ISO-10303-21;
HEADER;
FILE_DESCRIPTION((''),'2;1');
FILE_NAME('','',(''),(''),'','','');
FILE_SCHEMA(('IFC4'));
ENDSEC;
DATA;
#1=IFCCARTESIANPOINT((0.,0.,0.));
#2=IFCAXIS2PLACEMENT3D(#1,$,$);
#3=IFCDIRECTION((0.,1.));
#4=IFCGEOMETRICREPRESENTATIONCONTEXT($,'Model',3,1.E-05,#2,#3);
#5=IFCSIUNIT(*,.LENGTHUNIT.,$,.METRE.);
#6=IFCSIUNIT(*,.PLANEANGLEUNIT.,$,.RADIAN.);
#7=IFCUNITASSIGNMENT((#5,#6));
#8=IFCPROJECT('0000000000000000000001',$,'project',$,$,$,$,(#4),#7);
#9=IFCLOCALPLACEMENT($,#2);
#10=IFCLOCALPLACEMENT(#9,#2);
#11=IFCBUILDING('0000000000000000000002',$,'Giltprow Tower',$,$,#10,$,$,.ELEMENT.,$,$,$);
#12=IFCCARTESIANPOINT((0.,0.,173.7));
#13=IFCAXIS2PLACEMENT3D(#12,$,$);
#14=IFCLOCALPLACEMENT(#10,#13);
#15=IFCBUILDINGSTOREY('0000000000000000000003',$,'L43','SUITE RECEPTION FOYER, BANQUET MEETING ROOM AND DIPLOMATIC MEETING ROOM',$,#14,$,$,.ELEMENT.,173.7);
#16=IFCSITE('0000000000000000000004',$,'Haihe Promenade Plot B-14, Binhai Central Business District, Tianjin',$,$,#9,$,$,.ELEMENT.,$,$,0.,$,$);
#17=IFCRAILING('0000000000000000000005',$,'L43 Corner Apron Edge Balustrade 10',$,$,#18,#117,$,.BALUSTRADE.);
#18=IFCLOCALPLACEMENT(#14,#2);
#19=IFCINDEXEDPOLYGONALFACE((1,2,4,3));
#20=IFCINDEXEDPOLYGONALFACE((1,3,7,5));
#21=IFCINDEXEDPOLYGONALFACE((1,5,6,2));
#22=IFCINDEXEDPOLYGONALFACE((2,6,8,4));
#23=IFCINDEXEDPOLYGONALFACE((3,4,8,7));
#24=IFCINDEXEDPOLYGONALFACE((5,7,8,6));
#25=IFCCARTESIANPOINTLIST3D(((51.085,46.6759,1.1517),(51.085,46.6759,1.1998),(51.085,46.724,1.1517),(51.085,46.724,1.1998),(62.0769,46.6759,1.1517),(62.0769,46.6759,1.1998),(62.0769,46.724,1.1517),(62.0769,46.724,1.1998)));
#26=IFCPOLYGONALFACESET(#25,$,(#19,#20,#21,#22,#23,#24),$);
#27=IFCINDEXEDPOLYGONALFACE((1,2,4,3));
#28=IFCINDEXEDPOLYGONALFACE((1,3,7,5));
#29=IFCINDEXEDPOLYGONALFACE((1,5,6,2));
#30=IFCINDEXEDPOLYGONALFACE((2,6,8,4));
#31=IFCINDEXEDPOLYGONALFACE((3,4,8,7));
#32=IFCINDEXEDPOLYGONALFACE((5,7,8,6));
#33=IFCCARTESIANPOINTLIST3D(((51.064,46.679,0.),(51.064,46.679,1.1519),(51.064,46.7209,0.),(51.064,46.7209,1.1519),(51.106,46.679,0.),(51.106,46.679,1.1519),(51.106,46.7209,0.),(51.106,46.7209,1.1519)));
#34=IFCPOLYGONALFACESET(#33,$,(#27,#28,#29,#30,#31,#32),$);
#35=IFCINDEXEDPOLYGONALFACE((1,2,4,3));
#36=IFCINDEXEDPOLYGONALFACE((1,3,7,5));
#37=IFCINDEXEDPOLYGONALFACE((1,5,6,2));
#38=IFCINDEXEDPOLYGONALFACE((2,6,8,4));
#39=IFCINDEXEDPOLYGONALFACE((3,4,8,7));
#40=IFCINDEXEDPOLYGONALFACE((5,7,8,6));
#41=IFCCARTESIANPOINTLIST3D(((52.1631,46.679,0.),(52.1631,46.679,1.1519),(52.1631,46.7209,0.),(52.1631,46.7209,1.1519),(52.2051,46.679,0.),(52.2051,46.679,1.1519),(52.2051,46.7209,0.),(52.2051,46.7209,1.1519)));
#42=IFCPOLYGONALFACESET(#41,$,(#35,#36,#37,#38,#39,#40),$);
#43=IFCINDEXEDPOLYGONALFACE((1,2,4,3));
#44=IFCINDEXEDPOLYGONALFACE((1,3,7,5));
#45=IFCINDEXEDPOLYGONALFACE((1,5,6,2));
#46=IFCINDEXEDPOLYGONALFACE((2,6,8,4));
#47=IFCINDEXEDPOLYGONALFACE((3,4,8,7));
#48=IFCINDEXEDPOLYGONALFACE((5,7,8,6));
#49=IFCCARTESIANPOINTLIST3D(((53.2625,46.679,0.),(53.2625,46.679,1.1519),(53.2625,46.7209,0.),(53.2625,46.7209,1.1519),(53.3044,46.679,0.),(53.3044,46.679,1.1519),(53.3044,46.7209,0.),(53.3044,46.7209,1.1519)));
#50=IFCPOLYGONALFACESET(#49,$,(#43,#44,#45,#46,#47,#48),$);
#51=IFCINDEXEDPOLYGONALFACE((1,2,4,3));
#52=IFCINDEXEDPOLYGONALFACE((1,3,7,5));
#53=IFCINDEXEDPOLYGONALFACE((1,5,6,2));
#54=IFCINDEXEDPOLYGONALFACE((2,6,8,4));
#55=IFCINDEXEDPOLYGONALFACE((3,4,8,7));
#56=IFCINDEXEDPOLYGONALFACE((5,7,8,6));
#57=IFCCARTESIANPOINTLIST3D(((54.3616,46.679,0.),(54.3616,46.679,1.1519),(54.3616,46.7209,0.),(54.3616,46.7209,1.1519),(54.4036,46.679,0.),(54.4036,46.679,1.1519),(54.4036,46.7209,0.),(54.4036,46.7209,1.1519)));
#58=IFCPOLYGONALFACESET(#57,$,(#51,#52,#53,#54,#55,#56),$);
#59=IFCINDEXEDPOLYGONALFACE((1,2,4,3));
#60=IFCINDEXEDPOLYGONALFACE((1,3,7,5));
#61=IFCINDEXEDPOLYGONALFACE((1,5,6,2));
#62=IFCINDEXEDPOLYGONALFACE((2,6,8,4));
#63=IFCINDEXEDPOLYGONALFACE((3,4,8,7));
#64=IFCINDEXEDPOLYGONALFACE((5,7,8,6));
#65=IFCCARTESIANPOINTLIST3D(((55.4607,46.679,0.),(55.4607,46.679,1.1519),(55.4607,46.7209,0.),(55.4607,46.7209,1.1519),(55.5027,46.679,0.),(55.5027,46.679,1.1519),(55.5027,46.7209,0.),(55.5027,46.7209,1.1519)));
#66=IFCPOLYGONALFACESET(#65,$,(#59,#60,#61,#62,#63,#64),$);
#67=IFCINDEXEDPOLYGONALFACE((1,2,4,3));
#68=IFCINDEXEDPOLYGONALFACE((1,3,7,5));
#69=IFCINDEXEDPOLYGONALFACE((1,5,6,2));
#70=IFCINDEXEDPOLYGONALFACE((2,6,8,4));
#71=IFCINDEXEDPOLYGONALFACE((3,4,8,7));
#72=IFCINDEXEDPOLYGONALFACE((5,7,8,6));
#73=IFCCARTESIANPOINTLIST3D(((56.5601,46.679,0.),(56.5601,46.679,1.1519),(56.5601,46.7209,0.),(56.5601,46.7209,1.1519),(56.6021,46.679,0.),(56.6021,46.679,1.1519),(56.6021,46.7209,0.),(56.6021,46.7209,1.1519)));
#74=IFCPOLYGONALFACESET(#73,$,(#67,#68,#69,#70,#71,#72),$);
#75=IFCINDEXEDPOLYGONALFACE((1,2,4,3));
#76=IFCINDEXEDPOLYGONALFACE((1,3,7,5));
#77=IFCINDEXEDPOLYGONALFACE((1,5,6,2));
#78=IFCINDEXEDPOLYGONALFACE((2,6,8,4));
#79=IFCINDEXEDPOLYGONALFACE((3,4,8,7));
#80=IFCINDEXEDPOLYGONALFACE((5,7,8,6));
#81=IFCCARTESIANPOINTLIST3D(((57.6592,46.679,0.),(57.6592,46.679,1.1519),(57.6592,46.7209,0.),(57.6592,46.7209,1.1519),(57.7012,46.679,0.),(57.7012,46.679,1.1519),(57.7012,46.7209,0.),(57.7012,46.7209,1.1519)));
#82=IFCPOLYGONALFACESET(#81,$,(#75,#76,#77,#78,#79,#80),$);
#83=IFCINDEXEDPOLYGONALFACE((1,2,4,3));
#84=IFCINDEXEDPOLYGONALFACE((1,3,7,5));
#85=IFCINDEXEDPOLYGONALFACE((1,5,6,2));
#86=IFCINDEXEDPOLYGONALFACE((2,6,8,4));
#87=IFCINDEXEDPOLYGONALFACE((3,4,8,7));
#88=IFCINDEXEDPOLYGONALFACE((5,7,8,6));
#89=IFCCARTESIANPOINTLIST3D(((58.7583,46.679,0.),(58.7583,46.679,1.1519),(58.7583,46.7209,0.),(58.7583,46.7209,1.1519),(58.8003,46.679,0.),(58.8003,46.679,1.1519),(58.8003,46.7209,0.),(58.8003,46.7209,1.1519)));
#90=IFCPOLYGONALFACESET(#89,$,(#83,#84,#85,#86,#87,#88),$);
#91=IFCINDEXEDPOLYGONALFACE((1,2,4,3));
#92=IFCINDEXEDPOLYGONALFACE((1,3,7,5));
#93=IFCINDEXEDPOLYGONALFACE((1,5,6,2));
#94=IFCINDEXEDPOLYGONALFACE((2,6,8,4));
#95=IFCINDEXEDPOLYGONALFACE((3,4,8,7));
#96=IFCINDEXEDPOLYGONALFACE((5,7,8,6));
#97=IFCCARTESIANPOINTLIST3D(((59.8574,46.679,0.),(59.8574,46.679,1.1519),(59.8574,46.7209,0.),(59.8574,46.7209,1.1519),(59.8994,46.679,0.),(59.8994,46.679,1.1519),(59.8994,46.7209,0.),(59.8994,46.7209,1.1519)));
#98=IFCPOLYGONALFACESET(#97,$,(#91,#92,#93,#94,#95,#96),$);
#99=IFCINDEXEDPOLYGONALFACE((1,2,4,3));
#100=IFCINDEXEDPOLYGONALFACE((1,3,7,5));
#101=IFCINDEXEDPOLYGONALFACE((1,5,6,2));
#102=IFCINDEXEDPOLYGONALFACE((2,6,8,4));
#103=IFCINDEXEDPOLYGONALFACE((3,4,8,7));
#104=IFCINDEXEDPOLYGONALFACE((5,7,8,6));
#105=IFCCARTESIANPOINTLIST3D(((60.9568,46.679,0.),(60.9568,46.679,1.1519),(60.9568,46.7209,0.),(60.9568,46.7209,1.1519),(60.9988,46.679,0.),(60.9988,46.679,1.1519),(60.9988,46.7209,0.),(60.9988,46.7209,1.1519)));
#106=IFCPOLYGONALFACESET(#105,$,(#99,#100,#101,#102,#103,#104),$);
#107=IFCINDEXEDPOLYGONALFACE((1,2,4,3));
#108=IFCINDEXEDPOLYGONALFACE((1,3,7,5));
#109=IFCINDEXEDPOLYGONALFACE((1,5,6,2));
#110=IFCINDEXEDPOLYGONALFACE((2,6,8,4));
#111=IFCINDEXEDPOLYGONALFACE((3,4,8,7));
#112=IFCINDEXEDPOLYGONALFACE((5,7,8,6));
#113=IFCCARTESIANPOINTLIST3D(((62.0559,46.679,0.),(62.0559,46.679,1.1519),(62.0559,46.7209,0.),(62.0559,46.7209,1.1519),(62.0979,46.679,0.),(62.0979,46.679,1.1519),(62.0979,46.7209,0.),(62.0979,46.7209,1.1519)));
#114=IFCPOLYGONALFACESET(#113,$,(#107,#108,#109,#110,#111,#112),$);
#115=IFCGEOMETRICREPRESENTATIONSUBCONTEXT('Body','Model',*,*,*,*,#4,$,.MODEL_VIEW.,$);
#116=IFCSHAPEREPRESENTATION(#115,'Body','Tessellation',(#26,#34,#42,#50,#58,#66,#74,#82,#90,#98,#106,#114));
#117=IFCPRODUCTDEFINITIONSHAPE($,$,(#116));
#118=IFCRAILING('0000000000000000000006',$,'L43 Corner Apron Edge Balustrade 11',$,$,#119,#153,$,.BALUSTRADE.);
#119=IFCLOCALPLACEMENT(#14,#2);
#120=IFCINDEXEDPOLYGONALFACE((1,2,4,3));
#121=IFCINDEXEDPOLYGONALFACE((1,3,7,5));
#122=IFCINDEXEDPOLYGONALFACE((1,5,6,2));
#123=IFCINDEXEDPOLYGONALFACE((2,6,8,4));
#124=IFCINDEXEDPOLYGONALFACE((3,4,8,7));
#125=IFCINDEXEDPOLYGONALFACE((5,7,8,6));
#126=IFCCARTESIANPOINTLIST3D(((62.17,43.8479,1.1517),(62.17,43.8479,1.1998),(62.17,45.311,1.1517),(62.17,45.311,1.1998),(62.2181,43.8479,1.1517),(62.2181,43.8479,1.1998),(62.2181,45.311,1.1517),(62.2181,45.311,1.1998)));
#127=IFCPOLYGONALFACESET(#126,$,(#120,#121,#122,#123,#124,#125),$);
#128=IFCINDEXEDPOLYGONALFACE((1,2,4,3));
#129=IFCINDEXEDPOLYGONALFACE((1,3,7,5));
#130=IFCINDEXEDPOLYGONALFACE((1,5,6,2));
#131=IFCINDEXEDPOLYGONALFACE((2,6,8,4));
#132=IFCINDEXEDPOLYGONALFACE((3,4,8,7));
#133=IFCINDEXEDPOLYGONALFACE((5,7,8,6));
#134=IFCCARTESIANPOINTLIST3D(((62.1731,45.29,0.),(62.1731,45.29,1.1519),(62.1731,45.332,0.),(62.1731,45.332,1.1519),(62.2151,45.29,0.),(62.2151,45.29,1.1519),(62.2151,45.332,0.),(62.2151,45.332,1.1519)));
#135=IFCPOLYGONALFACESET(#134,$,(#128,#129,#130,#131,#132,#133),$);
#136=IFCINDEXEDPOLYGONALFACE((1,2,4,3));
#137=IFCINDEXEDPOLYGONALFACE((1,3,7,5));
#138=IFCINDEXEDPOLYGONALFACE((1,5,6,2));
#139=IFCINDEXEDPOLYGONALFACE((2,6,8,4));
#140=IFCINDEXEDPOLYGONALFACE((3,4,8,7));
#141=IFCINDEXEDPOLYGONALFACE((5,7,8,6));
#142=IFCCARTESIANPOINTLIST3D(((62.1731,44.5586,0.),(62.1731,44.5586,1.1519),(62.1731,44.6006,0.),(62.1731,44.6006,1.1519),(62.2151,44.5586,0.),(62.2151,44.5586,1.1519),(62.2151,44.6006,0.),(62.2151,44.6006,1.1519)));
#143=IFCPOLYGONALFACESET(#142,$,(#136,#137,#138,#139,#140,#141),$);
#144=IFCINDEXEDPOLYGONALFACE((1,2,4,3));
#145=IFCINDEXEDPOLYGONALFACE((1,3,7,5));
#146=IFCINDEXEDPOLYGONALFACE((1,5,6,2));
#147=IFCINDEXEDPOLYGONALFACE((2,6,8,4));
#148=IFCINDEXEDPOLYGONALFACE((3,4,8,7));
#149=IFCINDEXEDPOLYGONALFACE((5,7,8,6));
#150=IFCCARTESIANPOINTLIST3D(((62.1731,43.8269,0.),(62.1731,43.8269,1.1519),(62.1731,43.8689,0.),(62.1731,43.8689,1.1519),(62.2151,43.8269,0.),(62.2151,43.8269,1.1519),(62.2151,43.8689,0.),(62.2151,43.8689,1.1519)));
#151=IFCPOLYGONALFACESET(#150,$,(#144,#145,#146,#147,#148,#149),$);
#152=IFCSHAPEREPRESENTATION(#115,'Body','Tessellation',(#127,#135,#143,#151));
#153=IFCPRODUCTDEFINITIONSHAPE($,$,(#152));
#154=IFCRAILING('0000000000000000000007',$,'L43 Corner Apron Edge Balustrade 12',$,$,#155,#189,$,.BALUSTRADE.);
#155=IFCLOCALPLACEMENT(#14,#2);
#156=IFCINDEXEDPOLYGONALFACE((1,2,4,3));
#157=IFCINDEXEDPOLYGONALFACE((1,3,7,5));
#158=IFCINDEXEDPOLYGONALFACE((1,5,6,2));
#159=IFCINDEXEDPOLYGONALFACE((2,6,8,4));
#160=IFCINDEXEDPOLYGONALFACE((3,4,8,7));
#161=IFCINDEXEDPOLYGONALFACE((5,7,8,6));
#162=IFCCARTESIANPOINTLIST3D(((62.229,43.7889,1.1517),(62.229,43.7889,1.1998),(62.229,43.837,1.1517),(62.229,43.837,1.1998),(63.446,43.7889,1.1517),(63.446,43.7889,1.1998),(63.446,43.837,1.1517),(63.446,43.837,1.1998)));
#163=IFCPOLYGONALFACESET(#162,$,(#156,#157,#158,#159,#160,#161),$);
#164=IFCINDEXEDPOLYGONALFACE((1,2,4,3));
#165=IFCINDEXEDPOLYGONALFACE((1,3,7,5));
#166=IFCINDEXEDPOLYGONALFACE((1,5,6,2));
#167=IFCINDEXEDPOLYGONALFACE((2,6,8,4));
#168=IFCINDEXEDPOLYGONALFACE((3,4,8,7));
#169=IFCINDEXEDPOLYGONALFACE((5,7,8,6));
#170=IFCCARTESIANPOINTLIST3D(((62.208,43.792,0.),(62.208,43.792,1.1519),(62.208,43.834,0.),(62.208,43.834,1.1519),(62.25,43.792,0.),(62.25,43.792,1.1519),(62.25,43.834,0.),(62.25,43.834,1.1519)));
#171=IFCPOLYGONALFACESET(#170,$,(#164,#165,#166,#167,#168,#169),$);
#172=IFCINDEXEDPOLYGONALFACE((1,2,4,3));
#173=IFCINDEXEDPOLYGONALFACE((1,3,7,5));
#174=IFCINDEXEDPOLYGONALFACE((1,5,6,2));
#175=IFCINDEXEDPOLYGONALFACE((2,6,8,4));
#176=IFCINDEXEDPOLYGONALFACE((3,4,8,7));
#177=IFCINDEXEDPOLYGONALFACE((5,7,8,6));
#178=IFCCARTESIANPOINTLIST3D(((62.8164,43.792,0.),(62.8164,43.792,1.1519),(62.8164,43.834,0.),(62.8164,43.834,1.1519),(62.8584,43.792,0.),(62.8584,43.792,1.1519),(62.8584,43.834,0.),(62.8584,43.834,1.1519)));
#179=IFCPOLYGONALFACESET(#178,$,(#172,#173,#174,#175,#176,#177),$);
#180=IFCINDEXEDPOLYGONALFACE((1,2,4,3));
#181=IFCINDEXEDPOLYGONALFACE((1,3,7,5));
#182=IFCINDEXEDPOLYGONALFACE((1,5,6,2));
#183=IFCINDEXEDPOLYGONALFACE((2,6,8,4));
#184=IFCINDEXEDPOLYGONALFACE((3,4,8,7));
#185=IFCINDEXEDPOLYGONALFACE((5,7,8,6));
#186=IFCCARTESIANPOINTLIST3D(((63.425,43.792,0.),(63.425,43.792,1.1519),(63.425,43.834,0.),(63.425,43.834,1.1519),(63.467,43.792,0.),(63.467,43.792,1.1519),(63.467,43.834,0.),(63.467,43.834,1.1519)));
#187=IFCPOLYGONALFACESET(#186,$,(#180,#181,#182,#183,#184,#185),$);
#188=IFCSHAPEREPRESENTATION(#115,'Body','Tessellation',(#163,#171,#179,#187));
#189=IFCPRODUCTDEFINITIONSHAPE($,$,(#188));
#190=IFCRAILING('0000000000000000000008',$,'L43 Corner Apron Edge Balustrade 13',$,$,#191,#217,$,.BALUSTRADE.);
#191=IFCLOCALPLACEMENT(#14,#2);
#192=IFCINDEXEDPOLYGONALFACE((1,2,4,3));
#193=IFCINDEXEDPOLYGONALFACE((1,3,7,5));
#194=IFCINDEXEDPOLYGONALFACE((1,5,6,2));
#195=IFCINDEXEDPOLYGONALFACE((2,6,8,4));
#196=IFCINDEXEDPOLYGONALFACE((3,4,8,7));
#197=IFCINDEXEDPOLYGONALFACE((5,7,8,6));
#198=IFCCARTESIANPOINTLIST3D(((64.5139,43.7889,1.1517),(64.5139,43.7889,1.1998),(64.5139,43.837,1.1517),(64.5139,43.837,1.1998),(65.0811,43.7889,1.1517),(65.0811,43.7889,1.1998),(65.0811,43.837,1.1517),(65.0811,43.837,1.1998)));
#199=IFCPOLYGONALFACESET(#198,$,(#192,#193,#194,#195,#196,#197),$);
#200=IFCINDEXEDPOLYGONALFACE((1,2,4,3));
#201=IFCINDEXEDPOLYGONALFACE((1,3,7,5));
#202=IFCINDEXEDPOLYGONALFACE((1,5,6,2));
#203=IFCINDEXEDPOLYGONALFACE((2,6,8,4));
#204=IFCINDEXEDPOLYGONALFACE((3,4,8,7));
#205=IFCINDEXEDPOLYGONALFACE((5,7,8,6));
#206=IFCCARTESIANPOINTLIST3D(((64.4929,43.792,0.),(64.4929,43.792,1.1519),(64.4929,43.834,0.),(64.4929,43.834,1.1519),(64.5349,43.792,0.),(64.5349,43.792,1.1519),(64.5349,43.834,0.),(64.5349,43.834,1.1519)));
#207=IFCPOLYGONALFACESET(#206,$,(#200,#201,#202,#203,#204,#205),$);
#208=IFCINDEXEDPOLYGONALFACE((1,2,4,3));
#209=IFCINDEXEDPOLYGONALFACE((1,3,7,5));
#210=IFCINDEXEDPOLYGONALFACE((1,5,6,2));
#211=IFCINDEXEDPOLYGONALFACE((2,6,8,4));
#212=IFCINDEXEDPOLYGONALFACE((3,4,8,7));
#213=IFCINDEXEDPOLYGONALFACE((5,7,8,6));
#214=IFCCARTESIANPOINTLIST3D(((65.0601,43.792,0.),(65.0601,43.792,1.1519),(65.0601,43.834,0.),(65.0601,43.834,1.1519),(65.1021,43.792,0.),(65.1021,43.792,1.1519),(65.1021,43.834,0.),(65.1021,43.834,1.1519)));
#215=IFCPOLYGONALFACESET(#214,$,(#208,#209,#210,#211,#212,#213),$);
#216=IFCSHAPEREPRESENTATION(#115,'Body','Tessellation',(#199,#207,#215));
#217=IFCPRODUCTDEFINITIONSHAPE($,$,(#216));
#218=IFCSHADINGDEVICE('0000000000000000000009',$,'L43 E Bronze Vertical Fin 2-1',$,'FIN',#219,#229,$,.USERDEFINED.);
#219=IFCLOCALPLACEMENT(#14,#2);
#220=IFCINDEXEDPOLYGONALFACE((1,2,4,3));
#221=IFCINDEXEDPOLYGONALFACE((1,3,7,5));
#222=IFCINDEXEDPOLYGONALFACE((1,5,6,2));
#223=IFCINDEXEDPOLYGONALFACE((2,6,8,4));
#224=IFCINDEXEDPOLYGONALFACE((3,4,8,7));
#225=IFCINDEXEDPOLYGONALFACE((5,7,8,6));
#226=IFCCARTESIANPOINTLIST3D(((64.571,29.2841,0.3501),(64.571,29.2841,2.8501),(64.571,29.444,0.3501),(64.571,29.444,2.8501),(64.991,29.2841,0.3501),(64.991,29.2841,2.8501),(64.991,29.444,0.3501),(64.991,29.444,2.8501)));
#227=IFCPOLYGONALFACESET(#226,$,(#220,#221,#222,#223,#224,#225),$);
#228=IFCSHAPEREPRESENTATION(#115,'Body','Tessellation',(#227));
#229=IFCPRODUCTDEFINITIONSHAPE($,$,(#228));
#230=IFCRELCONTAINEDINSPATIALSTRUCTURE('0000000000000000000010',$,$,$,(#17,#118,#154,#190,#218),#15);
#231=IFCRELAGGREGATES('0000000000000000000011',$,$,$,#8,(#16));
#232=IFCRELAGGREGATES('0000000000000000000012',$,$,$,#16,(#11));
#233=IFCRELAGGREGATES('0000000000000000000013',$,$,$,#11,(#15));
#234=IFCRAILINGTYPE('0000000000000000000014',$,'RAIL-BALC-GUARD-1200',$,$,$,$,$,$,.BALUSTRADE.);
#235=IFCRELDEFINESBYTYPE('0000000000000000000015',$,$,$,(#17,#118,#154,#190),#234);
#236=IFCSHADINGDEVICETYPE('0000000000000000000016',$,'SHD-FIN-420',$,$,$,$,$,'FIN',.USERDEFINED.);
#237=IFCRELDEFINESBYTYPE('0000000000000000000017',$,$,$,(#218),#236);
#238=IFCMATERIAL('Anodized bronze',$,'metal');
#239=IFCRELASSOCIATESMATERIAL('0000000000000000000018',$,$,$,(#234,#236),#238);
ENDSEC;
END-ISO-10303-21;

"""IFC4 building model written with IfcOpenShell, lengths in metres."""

from ifc_helpers import new_model, si_unit, direction, frame, origin, origin_2d, place, context, subcontext, project, spatial, rectangle, extrude, source, transform, mapped, material, type_object, element, save


model = new_model("IFC4")

# Units and contexts
model_context = context("Model", 3, precision=1e-05, world=origin(), true_north=direction((0.0, 1.0)))
body_context = subcontext(model_context, "Body", "Model", "MODEL_VIEW")
ifc_project = project(units=[si_unit("LENGTHUNIT", "METRE"), si_unit("PLANEANGLEUNIT", "RADIAN")], contexts=[model_context])

# Site, building, storey
site_placement = place(None, origin())
site = spatial("IfcSite", under=ifc_project, at=site_placement, Name="Haihe Promenade Plot B-14, Binhai Central Business District, Tianjin", CompositionType="ELEMENT", RefElevation=0.0)
building_placement = place(site_placement, origin())
building = spatial("IfcBuilding", under=site, at=building_placement, Name="Giltprow Tower", CompositionType="ELEMENT")
storey_placement = place(building_placement, frame((0.0, 0.0, 173.7)))
storey = spatial("IfcBuildingStorey", under=building, at=storey_placement, Name="L43", Description="SUITE RECEPTION FOYER, BANQUET MEETING ROOM AND DIPLOMATIC MEETING ROOM", CompositionType="ELEMENT", Elevation=173.7)

# Railings
ifc_material_1 = material(Name="Anodized bronze", Category="metal")
railing_type = type_object("IfcRailingType", Name="RAIL-BALC-GUARD-1200", PredefinedType="BALUSTRADE", material=ifc_material_1)
railing_1_placement = place(storey_placement, frame((51.085, 46.7, 0.0)))
element("IfcRailing", 1, at=railing_1_placement, inside=storey, type_object=railing_type, Name="L43 Corner Apron Edge Balustrade 10", PredefinedType="BALUSTRADE", context=body_context, shape_type="SweptSolid", body=[
    extrude(rectangle(XDim=0.0481, YDim=0.0481, at=origin_2d()), frame((0.0, 0.0, 1.1758), z_axis=(1.0, 0.0, 0.0), x_axis=(0.0, 1.0, 0.0)), (0.0, 0.0, 1.0), 10.9919),
    extrude(rectangle(XDim=0.042, YDim=0.042, at=origin_2d()), origin(), (0.0, 0.0, 1.0), 1.1519),
    extrude(rectangle(XDim=0.042, YDim=0.042, at=origin_2d()), frame((1.0991, 0.0, 0.0)), (0.0, 0.0, 1.0), 1.1519),
    extrude(rectangle(XDim=0.042, YDim=0.042, at=origin_2d()), frame((2.1985, 0.0, 0.0)), (0.0, 0.0, 1.0), 1.1519),
    extrude(rectangle(XDim=0.042, YDim=0.042, at=origin_2d()), frame((3.2976, 0.0, 0.0)), (0.0, 0.0, 1.0), 1.1519),
    extrude(rectangle(XDim=0.042, YDim=0.042, at=origin_2d()), frame((4.3967, 0.0, 0.0)), (0.0, 0.0, 1.0), 1.1519),
    extrude(rectangle(XDim=0.042, YDim=0.042, at=origin_2d()), frame((5.4961, 0.0, 0.0)), (0.0, 0.0, 1.0), 1.1519),
    extrude(rectangle(XDim=0.042, YDim=0.042, at=origin_2d()), frame((6.5952, 0.0, 0.0)), (0.0, 0.0, 1.0), 1.1519),
    extrude(rectangle(XDim=0.042, YDim=0.042, at=origin_2d()), frame((7.6943, 0.0, 0.0)), (0.0, 0.0, 1.0), 1.1519),
    extrude(rectangle(XDim=0.042, YDim=0.042, at=origin_2d()), frame((8.7935, 0.0, 0.0)), (0.0, 0.0, 1.0), 1.1519),
    extrude(rectangle(XDim=0.042, YDim=0.042, at=origin_2d()), frame((9.8928, 0.0, 0.0)), (0.0, 0.0, 1.0), 1.1519),
    extrude(rectangle(XDim=0.042, YDim=0.042, at=origin_2d()), frame((10.9919, 0.0, 0.0)), (0.0, 0.0, 1.0), 1.1519),
])
railing_2_placement = place(storey_placement, frame((62.1941, 45.311, 0.0)))
element("IfcRailing", 2, at=railing_2_placement, inside=storey, type_object=railing_type, Name="L43 Corner Apron Edge Balustrade 11", PredefinedType="BALUSTRADE", context=body_context, shape_type="SweptSolid", body=[
    extrude(rectangle(XDim=0.0481, YDim=0.0481, at=origin_2d()), frame((0.0, 0.0, 1.1758), z_axis=(0.0, -1.0, 0.0), x_axis=(1.0, 0.0, 0.0)), (0.0, 0.0, 1.0), 1.4631),
    extrude(rectangle(XDim=0.042, YDim=0.042, at=origin_2d()), origin(), (0.0, 0.0, 1.0), 1.1519),
    extrude(rectangle(XDim=0.042, YDim=0.042, at=origin_2d()), frame((0.0, -0.7314, 0.0)), (0.0, 0.0, 1.0), 1.1519),
    extrude(rectangle(XDim=0.042, YDim=0.042, at=origin_2d()), frame((0.0, -1.4631, 0.0)), (0.0, 0.0, 1.0), 1.1519),
])
railing_3_placement = place(storey_placement, frame((62.229, 43.813, 0.0)))
element("IfcRailing", 3, at=railing_3_placement, inside=storey, type_object=railing_type, Name="L43 Corner Apron Edge Balustrade 12", PredefinedType="BALUSTRADE", context=body_context, shape_type="SweptSolid", body=[
    extrude(rectangle(XDim=0.0481, YDim=0.0481, at=origin_2d()), frame((0.0, 0.0, 1.1758), z_axis=(1.0, 0.0, 0.0), x_axis=(0.0, 1.0, 0.0)), (0.0, 0.0, 1.0), 1.217),
    extrude(rectangle(XDim=0.042, YDim=0.042, at=origin_2d()), origin(), (0.0, 0.0, 1.0), 1.1519),
    extrude(rectangle(XDim=0.042, YDim=0.042, at=origin_2d()), frame((0.6084, 0.0, 0.0)), (0.0, 0.0, 1.0), 1.1519),
    extrude(rectangle(XDim=0.042, YDim=0.042, at=origin_2d()), frame((1.217, 0.0, 0.0)), (0.0, 0.0, 1.0), 1.1519),
])
railing_4_placement = place(storey_placement, frame((64.5139, 43.813, 0.0)))
element("IfcRailing", 4, at=railing_4_placement, inside=storey, type_object=railing_type, Name="L43 Corner Apron Edge Balustrade 13", PredefinedType="BALUSTRADE", context=body_context, shape_type="SweptSolid", body=[
    extrude(rectangle(XDim=0.0481, YDim=0.0481, at=origin_2d()), frame((0.0, 0.0, 1.1758), z_axis=(1.0, 0.0, 0.0), x_axis=(0.0, 1.0, 0.0)), (0.0, 0.0, 1.0), 0.5671),
    extrude(rectangle(XDim=0.042, YDim=0.042, at=origin_2d()), origin(), (0.0, 0.0, 1.0), 1.1519),
    extrude(rectangle(XDim=0.042, YDim=0.042, at=origin_2d()), frame((0.5671, 0.0, 0.0)), (0.0, 0.0, 1.0), 1.1519),
])

# Shading device
shading_device_type = type_object("IfcShadingDeviceType", Name="SHD-FIN-420", ElementType="FIN", PredefinedType="USERDEFINED", material=ifc_material_1)
shared_shape_1 = source(origin(), body_context, "Body", "SweptSolid", [
    extrude(rectangle(XDim=0.4199, YDim=0.1599, at=origin_2d()), origin(), (0.0, 0.0, 1.0), 2.5),
])
for number, where, z_axis, x_axis, name in (
    (5, (64.781, 29.364, 0.3501), (0.0, 0.0, 1.0), (1.0, 0.0, 0.0), "L43 E Bronze Vertical Fin 2-1"),
):
    element("IfcShadingDevice", number, at=place(storey_placement, frame(where, z_axis=z_axis, x_axis=x_axis)), inside=storey, type_object=shading_device_type, Name=name, ObjectType="FIN", PredefinedType="USERDEFINED", context=body_context, shape_type="MappedRepresentation", body=[
        mapped(shared_shape_1, transform((0.0, 0.0, 0.0), x_axis=(1.0, 0.0, 0.0), y_axis=(0.0, 1.0, 0.0), z_axis=(0.0, 0.0, 1.0), scale=1.0)),
    ])

save(model, "model.ifc")
